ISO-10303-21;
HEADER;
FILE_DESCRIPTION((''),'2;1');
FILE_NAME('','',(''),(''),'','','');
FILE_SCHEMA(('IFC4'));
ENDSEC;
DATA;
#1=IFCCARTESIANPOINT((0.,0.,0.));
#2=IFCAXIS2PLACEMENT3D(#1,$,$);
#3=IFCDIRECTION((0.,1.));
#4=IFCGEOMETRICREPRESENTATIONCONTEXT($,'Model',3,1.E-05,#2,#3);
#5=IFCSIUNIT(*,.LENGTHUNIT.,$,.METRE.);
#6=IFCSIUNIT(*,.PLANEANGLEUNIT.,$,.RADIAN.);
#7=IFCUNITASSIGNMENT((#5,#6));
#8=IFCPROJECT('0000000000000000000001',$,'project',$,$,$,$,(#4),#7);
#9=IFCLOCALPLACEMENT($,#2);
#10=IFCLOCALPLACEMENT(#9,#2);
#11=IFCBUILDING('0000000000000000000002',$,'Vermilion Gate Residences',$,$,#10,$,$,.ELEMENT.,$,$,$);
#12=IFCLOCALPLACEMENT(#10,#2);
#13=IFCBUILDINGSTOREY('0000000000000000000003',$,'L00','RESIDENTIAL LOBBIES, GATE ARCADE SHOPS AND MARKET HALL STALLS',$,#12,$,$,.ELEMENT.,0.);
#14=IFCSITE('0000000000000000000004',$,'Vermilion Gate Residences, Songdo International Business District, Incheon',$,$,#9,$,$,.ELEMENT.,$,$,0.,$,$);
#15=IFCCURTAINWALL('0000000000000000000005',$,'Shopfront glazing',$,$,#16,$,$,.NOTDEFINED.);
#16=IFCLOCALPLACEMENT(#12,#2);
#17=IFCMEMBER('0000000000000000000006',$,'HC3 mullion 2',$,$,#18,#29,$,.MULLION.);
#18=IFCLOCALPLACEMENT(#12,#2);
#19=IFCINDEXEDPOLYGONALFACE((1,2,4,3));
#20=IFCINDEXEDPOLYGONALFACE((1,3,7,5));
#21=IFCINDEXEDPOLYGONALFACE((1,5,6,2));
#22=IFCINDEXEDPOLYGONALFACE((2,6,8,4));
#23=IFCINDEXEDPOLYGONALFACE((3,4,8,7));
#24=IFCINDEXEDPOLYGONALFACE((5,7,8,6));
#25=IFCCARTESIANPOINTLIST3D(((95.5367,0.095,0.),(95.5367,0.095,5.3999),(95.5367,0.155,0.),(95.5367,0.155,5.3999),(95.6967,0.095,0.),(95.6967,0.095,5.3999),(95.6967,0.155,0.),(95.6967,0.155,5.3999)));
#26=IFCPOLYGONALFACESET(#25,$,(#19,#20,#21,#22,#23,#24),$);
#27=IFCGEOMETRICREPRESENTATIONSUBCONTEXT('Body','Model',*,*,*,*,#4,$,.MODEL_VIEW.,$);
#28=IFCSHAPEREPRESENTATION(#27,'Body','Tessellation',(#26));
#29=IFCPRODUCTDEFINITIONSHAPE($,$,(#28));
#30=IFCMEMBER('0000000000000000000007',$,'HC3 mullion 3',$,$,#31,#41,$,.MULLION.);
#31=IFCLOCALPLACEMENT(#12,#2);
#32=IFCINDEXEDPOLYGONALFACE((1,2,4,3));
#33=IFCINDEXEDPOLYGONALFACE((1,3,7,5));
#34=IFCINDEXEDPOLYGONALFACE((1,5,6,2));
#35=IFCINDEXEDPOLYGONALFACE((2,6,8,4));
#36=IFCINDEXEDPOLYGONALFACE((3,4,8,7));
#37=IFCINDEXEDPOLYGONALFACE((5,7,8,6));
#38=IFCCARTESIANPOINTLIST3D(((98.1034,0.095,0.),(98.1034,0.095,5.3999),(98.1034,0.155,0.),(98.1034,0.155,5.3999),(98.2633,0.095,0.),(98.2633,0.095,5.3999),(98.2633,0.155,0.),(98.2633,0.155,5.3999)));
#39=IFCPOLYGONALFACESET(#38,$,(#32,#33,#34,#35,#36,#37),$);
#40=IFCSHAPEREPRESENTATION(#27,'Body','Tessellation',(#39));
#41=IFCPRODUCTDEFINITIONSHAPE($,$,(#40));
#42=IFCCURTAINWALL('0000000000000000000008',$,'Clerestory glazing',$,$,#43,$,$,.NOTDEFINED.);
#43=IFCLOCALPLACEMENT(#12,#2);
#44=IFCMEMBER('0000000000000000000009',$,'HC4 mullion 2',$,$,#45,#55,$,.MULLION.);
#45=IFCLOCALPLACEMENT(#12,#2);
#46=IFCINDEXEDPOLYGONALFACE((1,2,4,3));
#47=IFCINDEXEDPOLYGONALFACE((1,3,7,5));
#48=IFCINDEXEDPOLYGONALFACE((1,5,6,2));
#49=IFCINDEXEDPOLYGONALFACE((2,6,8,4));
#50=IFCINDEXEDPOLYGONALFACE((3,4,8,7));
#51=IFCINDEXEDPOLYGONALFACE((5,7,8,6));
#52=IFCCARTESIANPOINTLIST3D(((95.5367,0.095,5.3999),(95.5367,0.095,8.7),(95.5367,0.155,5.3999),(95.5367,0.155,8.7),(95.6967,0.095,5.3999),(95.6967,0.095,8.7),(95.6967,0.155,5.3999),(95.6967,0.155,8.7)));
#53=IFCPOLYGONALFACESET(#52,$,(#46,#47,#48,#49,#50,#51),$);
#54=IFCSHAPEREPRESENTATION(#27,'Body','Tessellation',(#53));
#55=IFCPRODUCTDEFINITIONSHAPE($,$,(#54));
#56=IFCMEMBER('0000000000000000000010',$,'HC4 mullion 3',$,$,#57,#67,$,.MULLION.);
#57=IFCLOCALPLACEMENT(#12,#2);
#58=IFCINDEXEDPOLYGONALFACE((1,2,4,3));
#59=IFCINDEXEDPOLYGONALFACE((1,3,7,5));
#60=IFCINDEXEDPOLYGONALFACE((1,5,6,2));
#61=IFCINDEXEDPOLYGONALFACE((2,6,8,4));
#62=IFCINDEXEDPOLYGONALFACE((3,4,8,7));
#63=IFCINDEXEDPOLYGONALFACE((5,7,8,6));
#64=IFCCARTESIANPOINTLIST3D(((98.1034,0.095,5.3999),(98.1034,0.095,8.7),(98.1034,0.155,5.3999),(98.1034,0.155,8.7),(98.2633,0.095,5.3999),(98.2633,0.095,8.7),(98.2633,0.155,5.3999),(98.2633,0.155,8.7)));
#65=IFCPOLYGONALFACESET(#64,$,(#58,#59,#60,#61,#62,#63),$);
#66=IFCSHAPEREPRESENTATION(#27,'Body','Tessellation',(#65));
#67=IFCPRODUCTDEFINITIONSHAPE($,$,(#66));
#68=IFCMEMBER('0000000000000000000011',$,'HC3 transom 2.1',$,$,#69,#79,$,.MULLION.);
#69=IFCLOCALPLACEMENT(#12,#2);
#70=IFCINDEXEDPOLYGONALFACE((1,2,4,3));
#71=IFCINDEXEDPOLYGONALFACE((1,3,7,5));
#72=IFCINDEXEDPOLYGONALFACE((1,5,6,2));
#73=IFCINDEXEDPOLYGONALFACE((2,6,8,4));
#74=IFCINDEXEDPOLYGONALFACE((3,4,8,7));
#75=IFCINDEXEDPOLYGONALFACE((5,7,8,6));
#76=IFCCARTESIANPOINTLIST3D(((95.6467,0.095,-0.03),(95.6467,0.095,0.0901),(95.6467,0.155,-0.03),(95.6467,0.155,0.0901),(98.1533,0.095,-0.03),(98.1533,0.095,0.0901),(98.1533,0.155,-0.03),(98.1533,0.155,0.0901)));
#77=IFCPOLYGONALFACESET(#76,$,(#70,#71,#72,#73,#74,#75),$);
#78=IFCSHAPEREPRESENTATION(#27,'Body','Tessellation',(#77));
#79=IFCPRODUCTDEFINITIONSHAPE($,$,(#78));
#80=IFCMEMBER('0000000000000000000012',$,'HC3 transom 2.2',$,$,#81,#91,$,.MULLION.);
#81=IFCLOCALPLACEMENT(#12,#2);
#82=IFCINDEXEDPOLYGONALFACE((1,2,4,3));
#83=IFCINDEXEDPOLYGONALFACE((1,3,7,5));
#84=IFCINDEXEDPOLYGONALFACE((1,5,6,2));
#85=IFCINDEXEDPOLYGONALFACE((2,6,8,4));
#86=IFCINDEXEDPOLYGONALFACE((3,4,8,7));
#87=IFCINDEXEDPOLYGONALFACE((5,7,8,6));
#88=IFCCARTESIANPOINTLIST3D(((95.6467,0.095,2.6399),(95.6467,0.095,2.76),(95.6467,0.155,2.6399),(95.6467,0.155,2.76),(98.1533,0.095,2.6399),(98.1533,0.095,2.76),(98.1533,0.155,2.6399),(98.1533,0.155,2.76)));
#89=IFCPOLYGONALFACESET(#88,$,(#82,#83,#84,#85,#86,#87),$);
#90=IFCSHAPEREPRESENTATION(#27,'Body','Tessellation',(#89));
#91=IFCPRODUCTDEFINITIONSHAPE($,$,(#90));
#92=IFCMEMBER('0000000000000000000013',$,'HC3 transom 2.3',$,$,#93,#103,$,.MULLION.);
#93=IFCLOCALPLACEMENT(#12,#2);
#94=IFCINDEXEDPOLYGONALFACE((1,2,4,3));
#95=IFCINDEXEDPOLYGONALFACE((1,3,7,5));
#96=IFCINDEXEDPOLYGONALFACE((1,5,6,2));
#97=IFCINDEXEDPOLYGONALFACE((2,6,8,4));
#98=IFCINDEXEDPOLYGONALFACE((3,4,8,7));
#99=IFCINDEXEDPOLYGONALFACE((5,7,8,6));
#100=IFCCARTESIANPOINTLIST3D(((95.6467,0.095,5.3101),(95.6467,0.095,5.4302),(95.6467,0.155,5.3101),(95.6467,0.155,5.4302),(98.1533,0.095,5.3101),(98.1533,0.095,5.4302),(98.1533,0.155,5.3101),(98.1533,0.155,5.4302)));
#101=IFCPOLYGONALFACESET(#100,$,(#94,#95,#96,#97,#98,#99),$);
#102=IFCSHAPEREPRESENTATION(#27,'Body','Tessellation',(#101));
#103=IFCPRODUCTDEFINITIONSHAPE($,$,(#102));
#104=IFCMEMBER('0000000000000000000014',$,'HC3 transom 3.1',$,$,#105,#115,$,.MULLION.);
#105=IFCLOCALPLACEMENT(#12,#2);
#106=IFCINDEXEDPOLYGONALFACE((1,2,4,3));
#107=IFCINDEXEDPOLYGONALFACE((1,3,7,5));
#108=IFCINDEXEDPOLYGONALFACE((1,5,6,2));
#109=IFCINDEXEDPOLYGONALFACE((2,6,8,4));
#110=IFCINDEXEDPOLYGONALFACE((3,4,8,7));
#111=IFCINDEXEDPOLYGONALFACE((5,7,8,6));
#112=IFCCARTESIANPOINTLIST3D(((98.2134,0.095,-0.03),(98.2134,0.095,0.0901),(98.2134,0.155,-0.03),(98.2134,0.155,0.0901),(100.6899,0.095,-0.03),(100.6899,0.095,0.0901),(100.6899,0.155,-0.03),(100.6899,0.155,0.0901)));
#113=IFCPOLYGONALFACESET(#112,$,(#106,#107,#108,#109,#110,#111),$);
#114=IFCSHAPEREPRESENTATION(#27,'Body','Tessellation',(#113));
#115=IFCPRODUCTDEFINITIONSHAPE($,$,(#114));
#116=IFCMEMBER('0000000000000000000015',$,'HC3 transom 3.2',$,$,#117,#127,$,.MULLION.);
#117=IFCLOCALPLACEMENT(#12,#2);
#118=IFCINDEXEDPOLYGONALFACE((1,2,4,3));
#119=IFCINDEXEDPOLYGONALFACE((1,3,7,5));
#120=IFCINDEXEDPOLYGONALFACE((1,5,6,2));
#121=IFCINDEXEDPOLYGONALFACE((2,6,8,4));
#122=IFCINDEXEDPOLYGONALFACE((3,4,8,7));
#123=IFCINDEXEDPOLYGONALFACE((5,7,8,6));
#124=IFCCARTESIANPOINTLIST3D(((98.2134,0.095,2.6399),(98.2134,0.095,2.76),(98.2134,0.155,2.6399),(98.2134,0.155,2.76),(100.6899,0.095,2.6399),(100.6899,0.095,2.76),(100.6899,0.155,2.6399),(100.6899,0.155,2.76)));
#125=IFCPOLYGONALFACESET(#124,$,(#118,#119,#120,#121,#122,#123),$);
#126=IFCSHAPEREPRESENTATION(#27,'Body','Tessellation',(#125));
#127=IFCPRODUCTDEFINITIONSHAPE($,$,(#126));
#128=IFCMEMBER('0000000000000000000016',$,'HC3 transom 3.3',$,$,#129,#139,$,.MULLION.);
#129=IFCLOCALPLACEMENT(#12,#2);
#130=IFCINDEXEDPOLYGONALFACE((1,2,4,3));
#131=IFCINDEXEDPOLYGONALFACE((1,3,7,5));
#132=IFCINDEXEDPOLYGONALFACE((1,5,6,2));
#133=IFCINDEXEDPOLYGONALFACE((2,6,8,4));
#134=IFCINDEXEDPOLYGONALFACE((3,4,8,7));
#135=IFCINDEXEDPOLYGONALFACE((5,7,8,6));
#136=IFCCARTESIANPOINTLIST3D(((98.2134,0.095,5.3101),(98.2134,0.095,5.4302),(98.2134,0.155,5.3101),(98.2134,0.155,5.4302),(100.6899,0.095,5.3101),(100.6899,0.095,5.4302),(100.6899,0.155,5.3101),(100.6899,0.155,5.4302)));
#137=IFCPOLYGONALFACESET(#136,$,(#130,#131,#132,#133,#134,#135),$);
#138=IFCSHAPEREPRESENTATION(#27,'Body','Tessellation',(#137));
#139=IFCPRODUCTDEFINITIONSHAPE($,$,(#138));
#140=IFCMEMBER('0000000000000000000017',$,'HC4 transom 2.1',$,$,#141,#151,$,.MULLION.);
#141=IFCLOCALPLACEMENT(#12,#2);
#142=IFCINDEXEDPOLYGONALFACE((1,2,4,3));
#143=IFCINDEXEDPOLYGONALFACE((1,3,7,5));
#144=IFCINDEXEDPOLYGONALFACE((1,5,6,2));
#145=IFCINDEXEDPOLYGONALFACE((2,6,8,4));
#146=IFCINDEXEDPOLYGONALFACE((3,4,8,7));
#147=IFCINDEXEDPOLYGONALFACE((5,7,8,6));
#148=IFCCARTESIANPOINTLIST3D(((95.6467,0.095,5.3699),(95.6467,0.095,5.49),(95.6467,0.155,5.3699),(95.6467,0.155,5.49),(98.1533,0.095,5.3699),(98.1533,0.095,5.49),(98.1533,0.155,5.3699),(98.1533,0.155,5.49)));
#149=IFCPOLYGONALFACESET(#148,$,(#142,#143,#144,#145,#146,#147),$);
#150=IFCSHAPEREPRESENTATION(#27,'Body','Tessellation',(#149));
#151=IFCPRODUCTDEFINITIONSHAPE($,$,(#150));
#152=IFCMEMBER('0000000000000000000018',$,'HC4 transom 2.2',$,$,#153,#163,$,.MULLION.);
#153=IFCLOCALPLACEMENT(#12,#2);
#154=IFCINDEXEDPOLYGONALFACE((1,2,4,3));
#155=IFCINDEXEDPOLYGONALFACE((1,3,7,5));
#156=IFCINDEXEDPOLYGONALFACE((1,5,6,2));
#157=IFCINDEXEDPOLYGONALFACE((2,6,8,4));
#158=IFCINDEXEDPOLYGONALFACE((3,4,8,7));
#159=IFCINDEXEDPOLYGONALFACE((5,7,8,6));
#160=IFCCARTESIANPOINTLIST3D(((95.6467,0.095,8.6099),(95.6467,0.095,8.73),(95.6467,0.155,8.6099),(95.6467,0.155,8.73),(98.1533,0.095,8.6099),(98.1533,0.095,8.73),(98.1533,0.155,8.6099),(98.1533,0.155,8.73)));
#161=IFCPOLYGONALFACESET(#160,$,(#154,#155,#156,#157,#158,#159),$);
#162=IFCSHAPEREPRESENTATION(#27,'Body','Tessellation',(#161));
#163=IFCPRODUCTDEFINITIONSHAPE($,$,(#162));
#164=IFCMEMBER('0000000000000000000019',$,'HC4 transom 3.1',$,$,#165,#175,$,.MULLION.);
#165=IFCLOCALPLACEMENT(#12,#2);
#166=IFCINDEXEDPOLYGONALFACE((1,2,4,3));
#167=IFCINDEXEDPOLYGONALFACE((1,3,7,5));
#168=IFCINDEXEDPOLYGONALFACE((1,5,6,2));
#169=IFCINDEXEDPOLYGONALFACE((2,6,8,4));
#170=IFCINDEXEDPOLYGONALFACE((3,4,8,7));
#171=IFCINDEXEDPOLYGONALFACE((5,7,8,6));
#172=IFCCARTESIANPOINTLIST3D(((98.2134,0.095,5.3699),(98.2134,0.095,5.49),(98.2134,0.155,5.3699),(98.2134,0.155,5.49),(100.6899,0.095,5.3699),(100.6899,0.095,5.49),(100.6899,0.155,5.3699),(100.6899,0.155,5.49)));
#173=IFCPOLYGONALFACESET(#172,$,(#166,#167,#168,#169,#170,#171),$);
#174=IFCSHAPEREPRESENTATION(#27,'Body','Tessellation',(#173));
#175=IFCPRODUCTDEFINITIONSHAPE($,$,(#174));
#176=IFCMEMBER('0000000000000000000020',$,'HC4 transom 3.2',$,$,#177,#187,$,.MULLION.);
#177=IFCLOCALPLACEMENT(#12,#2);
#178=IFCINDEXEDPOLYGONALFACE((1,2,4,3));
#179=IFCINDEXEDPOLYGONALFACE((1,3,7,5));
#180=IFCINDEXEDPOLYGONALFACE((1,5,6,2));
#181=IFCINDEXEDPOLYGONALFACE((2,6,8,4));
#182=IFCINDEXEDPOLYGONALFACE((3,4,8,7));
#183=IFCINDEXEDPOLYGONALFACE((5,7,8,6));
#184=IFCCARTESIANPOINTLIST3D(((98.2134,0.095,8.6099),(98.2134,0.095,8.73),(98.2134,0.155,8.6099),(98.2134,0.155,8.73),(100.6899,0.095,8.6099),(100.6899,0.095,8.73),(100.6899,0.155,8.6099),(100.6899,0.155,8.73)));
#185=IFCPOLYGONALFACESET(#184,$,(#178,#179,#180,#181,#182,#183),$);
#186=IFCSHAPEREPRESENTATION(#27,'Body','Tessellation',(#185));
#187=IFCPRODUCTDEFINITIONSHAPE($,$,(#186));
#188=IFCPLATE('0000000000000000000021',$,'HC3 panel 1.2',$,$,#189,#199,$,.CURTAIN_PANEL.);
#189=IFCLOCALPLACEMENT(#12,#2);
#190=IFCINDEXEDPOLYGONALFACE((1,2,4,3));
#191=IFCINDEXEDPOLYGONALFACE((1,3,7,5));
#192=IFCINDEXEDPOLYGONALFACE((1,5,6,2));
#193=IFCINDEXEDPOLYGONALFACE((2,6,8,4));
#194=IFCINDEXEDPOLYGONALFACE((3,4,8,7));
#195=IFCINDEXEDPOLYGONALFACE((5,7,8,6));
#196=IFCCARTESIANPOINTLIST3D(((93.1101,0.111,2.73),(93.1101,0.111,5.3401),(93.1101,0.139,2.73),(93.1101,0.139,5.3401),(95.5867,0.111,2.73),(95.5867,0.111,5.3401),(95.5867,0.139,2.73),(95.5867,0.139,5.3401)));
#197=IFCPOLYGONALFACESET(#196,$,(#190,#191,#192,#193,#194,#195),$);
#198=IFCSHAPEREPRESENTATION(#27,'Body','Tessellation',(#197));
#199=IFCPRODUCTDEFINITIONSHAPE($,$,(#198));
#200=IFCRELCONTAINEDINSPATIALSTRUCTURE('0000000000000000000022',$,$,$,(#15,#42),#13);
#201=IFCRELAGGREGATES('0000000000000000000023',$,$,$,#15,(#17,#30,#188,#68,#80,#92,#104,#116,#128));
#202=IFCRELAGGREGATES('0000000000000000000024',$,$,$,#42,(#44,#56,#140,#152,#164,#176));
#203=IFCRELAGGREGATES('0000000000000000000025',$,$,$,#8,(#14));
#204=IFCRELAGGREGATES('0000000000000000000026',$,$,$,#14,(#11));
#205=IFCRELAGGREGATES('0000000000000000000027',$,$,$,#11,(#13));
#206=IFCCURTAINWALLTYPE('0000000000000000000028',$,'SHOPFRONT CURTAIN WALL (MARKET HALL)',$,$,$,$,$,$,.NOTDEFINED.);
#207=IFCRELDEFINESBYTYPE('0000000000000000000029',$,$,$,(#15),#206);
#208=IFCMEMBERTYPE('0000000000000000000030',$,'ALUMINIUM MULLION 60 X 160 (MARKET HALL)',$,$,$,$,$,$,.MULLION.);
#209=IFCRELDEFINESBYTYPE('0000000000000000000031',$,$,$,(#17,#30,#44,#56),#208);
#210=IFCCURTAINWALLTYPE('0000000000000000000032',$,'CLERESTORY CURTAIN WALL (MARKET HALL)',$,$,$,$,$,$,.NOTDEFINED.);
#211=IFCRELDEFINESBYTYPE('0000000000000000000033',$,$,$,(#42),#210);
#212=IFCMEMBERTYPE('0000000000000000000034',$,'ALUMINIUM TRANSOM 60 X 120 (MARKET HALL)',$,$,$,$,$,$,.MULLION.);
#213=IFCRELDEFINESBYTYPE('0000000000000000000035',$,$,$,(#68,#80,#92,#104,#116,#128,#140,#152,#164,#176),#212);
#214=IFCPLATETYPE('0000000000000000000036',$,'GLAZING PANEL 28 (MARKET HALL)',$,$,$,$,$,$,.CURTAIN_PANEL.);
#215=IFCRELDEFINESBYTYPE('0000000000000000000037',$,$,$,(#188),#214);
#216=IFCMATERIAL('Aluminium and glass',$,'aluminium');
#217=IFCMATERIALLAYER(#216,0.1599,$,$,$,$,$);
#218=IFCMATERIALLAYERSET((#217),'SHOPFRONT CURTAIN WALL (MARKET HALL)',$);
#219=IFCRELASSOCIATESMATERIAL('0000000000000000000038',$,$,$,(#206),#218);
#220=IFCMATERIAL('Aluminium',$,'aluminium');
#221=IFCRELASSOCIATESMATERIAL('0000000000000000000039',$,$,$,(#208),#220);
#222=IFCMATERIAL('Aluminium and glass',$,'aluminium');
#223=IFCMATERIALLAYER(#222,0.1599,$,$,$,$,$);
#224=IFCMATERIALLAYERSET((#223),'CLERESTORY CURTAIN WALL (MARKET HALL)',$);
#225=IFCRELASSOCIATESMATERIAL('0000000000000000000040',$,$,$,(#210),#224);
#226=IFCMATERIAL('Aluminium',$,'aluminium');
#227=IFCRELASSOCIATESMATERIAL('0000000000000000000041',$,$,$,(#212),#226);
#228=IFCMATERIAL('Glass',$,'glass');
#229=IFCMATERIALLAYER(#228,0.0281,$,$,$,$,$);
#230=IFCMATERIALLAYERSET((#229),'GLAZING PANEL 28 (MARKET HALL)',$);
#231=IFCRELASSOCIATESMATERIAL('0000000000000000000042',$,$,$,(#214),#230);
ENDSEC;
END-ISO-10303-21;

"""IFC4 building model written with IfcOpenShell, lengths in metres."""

from ifc_helpers import new_model, si_unit, direction, frame, origin, origin_2d, place, context, subcontext, project, spatial, rectangle, extrude, material, layer, layer_set, material_profile, profile_set, type_object, element, aggregate, save


model = new_model("IFC4")

# Units and contexts
model_context = context("Model", 3, precision=1e-05, world=origin(), true_north=direction((0.0, 1.0)))
body_context = subcontext(model_context, "Body", "Model", "MODEL_VIEW")
ifc_project = project(units=[si_unit("LENGTHUNIT", "METRE"), si_unit("PLANEANGLEUNIT", "RADIAN")], contexts=[model_context])

# Site, building, storey
site_placement = place(None, origin())
site = spatial("IfcSite", under=ifc_project, at=site_placement, Name="Vermilion Gate Residences, Songdo International Business District, Incheon", CompositionType="ELEMENT", RefElevation=0.0)
building_placement = place(site_placement, origin())
building = spatial("IfcBuilding", under=site, at=building_placement, Name="Vermilion Gate Residences", CompositionType="ELEMENT")
storey_placement = place(building_placement, origin())
storey = spatial("IfcBuildingStorey", under=building, at=storey_placement, Name="L00", Description="RESIDENTIAL LOBBIES, GATE ARCADE SHOPS AND MARKET HALL STALLS", CompositionType="ELEMENT", Elevation=0.0)

# Curtain walls, members
ifc_material_1 = material(Name="Aluminium and glass", Category="aluminium")
ifc_layer_1 = layer(ifc_material_1, 0.1599)
ifc_layer_set_1 = layer_set([ifc_layer_1], Name="SHOPFRONT CURTAIN WALL (MARKET HALL)")
curtain_wall_type_1 = type_object("IfcCurtainWallType", Name="SHOPFRONT CURTAIN WALL (MARKET HALL)", PredefinedType="NOTDEFINED", material=ifc_layer_set_1)
curtain_wall_1_placement = place(storey_placement, origin())
curtain_wall_1 = element("IfcCurtainWall", 1, at=curtain_wall_1_placement, inside=storey, type_object=curtain_wall_type_1, Name="Shopfront glazing", PredefinedType="NOTDEFINED")
ifc_material_2 = material(Name="Aluminium", Category="aluminium")
ifc_material_profile_1 = material_profile(ifc_material_2, rectangle(XDim=0.0601, YDim=0.1599, at=origin_2d()), Name="ALUMINIUM MULLION 60 X 160 (MARKET HALL)")
ifc_profile_set_1 = profile_set([ifc_material_profile_1], Name="Aluminium")
member_type_1 = type_object("IfcMemberType", Name="ALUMINIUM MULLION 60 X 160 (MARKET HALL)", PredefinedType="MULLION", material=ifc_profile_set_1)
member_1_placement = place(storey_placement, frame((95.6167, 0.125, 0.0), z_axis=(0.0, 0.0, 1.0), x_axis=(0.0, 1.0, 0.0)))
member_1 = element("IfcMember", 2, at=member_1_placement, type_object=member_type_1, Name="HC3 mullion 2", PredefinedType="MULLION", context=body_context, shape_type="SweptSolid", body=[
    extrude(rectangle(XDim=0.0601, YDim=0.1599, at=origin_2d()), origin(), (0.0, 0.0, 1.0), 5.3999),
])
member_2_placement = place(storey_placement, frame((98.1833, 0.125, 0.0), z_axis=(0.0, 0.0, 1.0), x_axis=(0.0, 1.0, 0.0)))
member_2 = element("IfcMember", 3, at=member_2_placement, type_object=member_type_1, Name="HC3 mullion 3", PredefinedType="MULLION", context=body_context, shape_type="SweptSolid", body=[
    extrude(rectangle(XDim=0.0601, YDim=0.1599, at=origin_2d()), origin(), (0.0, 0.0, 1.0), 5.3999),
])
ifc_material_3 = material(Name="Aluminium and glass", Category="aluminium")
ifc_layer_2 = layer(ifc_material_3, 0.1599)
ifc_layer_set_2 = layer_set([ifc_layer_2], Name="CLERESTORY CURTAIN WALL (MARKET HALL)")
curtain_wall_type_2 = type_object("IfcCurtainWallType", Name="CLERESTORY CURTAIN WALL (MARKET HALL)", PredefinedType="NOTDEFINED", material=ifc_layer_set_2)
curtain_wall_2_placement = place(storey_placement, origin())
curtain_wall_2 = element("IfcCurtainWall", 4, at=curtain_wall_2_placement, inside=storey, type_object=curtain_wall_type_2, Name="Clerestory glazing", PredefinedType="NOTDEFINED")
member_3_placement = place(storey_placement, frame((95.6167, 0.125, 5.3999), z_axis=(0.0, 0.0, 1.0), x_axis=(0.0, 1.0, 0.0)))
member_3 = element("IfcMember", 5, at=member_3_placement, type_object=member_type_1, Name="HC4 mullion 2", PredefinedType="MULLION", context=body_context, shape_type="SweptSolid", body=[
    extrude(rectangle(XDim=0.0601, YDim=0.1599, at=origin_2d()), origin(), (0.0, 0.0, 1.0), 3.3),
])
member_4_placement = place(storey_placement, frame((98.1833, 0.125, 5.3999), z_axis=(0.0, 0.0, 1.0), x_axis=(0.0, 1.0, 0.0)))
member_4 = element("IfcMember", 6, at=member_4_placement, type_object=member_type_1, Name="HC4 mullion 3", PredefinedType="MULLION", context=body_context, shape_type="SweptSolid", body=[
    extrude(rectangle(XDim=0.0601, YDim=0.1599, at=origin_2d()), origin(), (0.0, 0.0, 1.0), 3.3),
])

# Members
ifc_material_4 = material(Name="Aluminium", Category="aluminium")
ifc_material_profile_2 = material_profile(ifc_material_4, rectangle(XDim=0.0601, YDim=0.1201, at=origin_2d()), Name="ALUMINIUM TRANSOM 60 X 120 (MARKET HALL)")
ifc_profile_set_2 = profile_set([ifc_material_profile_2], Name="Aluminium")
member_type_2 = type_object("IfcMemberType", Name="ALUMINIUM TRANSOM 60 X 120 (MARKET HALL)", PredefinedType="MULLION", material=ifc_profile_set_2)
member_5_placement = place(storey_placement, frame((95.6467, 0.125, 0.03), z_axis=(1.0, 0.0, 0.0), x_axis=(0.0, 1.0, 0.0)))
member_5 = element("IfcMember", 7, at=member_5_placement, type_object=member_type_2, Name="HC3 transom 2.1", PredefinedType="MULLION", context=body_context, shape_type="SweptSolid", body=[
    extrude(rectangle(XDim=0.0601, YDim=0.1201, at=origin_2d()), origin(), (0.0, 0.0, 1.0), 2.5066),
])
member_6_placement = place(storey_placement, frame((95.6467, 0.125, 2.7), z_axis=(1.0, 0.0, 0.0), x_axis=(0.0, 1.0, 0.0)))
member_6 = element("IfcMember", 8, at=member_6_placement, type_object=member_type_2, Name="HC3 transom 2.2", PredefinedType="MULLION", context=body_context, shape_type="SweptSolid", body=[
    extrude(rectangle(XDim=0.0601, YDim=0.1201, at=origin_2d()), origin(), (0.0, 0.0, 1.0), 2.5066),
])
member_7_placement = place(storey_placement, frame((95.6467, 0.125, 5.3701), z_axis=(1.0, 0.0, 0.0), x_axis=(0.0, 1.0, 0.0)))
member_7 = element("IfcMember", 9, at=member_7_placement, type_object=member_type_2, Name="HC3 transom 2.3", PredefinedType="MULLION", context=body_context, shape_type="SweptSolid", body=[
    extrude(rectangle(XDim=0.0601, YDim=0.1201, at=origin_2d()), origin(), (0.0, 0.0, 1.0), 2.5066),
])
member_8_placement = place(storey_placement, frame((98.2134, 0.125, 0.03), z_axis=(1.0, 0.0, 0.0), x_axis=(0.0, 1.0, 0.0)))
member_8 = element("IfcMember", 10, at=member_8_placement, type_object=member_type_2, Name="HC3 transom 3.1", PredefinedType="MULLION", context=body_context, shape_type="SweptSolid", body=[
    extrude(rectangle(XDim=0.0601, YDim=0.1201, at=origin_2d()), origin(), (0.0, 0.0, 1.0), 2.4766),
])
member_9_placement = place(storey_placement, frame((98.2134, 0.125, 2.7), z_axis=(1.0, 0.0, 0.0), x_axis=(0.0, 1.0, 0.0)))
member_9 = element("IfcMember", 11, at=member_9_placement, type_object=member_type_2, Name="HC3 transom 3.2", PredefinedType="MULLION", context=body_context, shape_type="SweptSolid", body=[
    extrude(rectangle(XDim=0.0601, YDim=0.1201, at=origin_2d()), origin(), (0.0, 0.0, 1.0), 2.4766),
])
member_10_placement = place(storey_placement, frame((98.2134, 0.125, 5.3701), z_axis=(1.0, 0.0, 0.0), x_axis=(0.0, 1.0, 0.0)))
member_10 = element("IfcMember", 12, at=member_10_placement, type_object=member_type_2, Name="HC3 transom 3.3", PredefinedType="MULLION", context=body_context, shape_type="SweptSolid", body=[
    extrude(rectangle(XDim=0.0601, YDim=0.1201, at=origin_2d()), origin(), (0.0, 0.0, 1.0), 2.4766),
])
member_11_placement = place(storey_placement, frame((95.6467, 0.125, 5.4299), z_axis=(1.0, 0.0, 0.0), x_axis=(0.0, 1.0, 0.0)))
member_11 = element("IfcMember", 13, at=member_11_placement, type_object=member_type_2, Name="HC4 transom 2.1", PredefinedType="MULLION", context=body_context, shape_type="SweptSolid", body=[
    extrude(rectangle(XDim=0.0601, YDim=0.1201, at=origin_2d()), origin(), (0.0, 0.0, 1.0), 2.5066),
])
member_12_placement = place(storey_placement, frame((95.6467, 0.125, 8.6699), z_axis=(1.0, 0.0, 0.0), x_axis=(0.0, 1.0, 0.0)))
member_12 = element("IfcMember", 14, at=member_12_placement, type_object=member_type_2, Name="HC4 transom 2.2", PredefinedType="MULLION", context=body_context, shape_type="SweptSolid", body=[
    extrude(rectangle(XDim=0.0601, YDim=0.1201, at=origin_2d()), origin(), (0.0, 0.0, 1.0), 2.5066),
])
member_13_placement = place(storey_placement, frame((98.2134, 0.125, 5.4299), z_axis=(1.0, 0.0, 0.0), x_axis=(0.0, 1.0, 0.0)))
member_13 = element("IfcMember", 15, at=member_13_placement, type_object=member_type_2, Name="HC4 transom 3.1", PredefinedType="MULLION", context=body_context, shape_type="SweptSolid", body=[
    extrude(rectangle(XDim=0.0601, YDim=0.1201, at=origin_2d()), origin(), (0.0, 0.0, 1.0), 2.4766),
])
member_14_placement = place(storey_placement, frame((98.2134, 0.125, 8.6699), z_axis=(1.0, 0.0, 0.0), x_axis=(0.0, 1.0, 0.0)))
member_14 = element("IfcMember", 16, at=member_14_placement, type_object=member_type_2, Name="HC4 transom 3.2", PredefinedType="MULLION", context=body_context, shape_type="SweptSolid", body=[
    extrude(rectangle(XDim=0.0601, YDim=0.1201, at=origin_2d()), origin(), (0.0, 0.0, 1.0), 2.4766),
])

# Plate
ifc_material_5 = material(Name="Glass", Category="glass")
ifc_layer_3 = layer(ifc_material_5, 0.0281)
ifc_layer_set_3 = layer_set([ifc_layer_3], Name="GLAZING PANEL 28 (MARKET HALL)")
plate_type = type_object("IfcPlateType", Name="GLAZING PANEL 28 (MARKET HALL)", PredefinedType="CURTAIN_PANEL", material=ifc_layer_set_3)
plate_1_placement = place(storey_placement, frame((94.3484, 0.125, 2.73), z_axis=(0.0, 0.0, 1.0), x_axis=(1.0, 0.0, 0.0)))
plate_1 = element("IfcPlate", 17, at=plate_1_placement, type_object=plate_type, Name="HC3 panel 1.2", PredefinedType="CURTAIN_PANEL", context=body_context, shape_type="SweptSolid", body=[
    extrude(rectangle(XDim=2.4766, YDim=0.0281, at=origin_2d()), origin(), (0.0, 0.0, 1.0), 2.6101),
])
aggregate(curtain_wall_1, [member_1, member_2, plate_1, member_5, member_6, member_7, member_8, member_9, member_10])
aggregate(curtain_wall_2, [member_3, member_4, member_11, member_12, member_13, member_14])

save(model, "model.ifc")
